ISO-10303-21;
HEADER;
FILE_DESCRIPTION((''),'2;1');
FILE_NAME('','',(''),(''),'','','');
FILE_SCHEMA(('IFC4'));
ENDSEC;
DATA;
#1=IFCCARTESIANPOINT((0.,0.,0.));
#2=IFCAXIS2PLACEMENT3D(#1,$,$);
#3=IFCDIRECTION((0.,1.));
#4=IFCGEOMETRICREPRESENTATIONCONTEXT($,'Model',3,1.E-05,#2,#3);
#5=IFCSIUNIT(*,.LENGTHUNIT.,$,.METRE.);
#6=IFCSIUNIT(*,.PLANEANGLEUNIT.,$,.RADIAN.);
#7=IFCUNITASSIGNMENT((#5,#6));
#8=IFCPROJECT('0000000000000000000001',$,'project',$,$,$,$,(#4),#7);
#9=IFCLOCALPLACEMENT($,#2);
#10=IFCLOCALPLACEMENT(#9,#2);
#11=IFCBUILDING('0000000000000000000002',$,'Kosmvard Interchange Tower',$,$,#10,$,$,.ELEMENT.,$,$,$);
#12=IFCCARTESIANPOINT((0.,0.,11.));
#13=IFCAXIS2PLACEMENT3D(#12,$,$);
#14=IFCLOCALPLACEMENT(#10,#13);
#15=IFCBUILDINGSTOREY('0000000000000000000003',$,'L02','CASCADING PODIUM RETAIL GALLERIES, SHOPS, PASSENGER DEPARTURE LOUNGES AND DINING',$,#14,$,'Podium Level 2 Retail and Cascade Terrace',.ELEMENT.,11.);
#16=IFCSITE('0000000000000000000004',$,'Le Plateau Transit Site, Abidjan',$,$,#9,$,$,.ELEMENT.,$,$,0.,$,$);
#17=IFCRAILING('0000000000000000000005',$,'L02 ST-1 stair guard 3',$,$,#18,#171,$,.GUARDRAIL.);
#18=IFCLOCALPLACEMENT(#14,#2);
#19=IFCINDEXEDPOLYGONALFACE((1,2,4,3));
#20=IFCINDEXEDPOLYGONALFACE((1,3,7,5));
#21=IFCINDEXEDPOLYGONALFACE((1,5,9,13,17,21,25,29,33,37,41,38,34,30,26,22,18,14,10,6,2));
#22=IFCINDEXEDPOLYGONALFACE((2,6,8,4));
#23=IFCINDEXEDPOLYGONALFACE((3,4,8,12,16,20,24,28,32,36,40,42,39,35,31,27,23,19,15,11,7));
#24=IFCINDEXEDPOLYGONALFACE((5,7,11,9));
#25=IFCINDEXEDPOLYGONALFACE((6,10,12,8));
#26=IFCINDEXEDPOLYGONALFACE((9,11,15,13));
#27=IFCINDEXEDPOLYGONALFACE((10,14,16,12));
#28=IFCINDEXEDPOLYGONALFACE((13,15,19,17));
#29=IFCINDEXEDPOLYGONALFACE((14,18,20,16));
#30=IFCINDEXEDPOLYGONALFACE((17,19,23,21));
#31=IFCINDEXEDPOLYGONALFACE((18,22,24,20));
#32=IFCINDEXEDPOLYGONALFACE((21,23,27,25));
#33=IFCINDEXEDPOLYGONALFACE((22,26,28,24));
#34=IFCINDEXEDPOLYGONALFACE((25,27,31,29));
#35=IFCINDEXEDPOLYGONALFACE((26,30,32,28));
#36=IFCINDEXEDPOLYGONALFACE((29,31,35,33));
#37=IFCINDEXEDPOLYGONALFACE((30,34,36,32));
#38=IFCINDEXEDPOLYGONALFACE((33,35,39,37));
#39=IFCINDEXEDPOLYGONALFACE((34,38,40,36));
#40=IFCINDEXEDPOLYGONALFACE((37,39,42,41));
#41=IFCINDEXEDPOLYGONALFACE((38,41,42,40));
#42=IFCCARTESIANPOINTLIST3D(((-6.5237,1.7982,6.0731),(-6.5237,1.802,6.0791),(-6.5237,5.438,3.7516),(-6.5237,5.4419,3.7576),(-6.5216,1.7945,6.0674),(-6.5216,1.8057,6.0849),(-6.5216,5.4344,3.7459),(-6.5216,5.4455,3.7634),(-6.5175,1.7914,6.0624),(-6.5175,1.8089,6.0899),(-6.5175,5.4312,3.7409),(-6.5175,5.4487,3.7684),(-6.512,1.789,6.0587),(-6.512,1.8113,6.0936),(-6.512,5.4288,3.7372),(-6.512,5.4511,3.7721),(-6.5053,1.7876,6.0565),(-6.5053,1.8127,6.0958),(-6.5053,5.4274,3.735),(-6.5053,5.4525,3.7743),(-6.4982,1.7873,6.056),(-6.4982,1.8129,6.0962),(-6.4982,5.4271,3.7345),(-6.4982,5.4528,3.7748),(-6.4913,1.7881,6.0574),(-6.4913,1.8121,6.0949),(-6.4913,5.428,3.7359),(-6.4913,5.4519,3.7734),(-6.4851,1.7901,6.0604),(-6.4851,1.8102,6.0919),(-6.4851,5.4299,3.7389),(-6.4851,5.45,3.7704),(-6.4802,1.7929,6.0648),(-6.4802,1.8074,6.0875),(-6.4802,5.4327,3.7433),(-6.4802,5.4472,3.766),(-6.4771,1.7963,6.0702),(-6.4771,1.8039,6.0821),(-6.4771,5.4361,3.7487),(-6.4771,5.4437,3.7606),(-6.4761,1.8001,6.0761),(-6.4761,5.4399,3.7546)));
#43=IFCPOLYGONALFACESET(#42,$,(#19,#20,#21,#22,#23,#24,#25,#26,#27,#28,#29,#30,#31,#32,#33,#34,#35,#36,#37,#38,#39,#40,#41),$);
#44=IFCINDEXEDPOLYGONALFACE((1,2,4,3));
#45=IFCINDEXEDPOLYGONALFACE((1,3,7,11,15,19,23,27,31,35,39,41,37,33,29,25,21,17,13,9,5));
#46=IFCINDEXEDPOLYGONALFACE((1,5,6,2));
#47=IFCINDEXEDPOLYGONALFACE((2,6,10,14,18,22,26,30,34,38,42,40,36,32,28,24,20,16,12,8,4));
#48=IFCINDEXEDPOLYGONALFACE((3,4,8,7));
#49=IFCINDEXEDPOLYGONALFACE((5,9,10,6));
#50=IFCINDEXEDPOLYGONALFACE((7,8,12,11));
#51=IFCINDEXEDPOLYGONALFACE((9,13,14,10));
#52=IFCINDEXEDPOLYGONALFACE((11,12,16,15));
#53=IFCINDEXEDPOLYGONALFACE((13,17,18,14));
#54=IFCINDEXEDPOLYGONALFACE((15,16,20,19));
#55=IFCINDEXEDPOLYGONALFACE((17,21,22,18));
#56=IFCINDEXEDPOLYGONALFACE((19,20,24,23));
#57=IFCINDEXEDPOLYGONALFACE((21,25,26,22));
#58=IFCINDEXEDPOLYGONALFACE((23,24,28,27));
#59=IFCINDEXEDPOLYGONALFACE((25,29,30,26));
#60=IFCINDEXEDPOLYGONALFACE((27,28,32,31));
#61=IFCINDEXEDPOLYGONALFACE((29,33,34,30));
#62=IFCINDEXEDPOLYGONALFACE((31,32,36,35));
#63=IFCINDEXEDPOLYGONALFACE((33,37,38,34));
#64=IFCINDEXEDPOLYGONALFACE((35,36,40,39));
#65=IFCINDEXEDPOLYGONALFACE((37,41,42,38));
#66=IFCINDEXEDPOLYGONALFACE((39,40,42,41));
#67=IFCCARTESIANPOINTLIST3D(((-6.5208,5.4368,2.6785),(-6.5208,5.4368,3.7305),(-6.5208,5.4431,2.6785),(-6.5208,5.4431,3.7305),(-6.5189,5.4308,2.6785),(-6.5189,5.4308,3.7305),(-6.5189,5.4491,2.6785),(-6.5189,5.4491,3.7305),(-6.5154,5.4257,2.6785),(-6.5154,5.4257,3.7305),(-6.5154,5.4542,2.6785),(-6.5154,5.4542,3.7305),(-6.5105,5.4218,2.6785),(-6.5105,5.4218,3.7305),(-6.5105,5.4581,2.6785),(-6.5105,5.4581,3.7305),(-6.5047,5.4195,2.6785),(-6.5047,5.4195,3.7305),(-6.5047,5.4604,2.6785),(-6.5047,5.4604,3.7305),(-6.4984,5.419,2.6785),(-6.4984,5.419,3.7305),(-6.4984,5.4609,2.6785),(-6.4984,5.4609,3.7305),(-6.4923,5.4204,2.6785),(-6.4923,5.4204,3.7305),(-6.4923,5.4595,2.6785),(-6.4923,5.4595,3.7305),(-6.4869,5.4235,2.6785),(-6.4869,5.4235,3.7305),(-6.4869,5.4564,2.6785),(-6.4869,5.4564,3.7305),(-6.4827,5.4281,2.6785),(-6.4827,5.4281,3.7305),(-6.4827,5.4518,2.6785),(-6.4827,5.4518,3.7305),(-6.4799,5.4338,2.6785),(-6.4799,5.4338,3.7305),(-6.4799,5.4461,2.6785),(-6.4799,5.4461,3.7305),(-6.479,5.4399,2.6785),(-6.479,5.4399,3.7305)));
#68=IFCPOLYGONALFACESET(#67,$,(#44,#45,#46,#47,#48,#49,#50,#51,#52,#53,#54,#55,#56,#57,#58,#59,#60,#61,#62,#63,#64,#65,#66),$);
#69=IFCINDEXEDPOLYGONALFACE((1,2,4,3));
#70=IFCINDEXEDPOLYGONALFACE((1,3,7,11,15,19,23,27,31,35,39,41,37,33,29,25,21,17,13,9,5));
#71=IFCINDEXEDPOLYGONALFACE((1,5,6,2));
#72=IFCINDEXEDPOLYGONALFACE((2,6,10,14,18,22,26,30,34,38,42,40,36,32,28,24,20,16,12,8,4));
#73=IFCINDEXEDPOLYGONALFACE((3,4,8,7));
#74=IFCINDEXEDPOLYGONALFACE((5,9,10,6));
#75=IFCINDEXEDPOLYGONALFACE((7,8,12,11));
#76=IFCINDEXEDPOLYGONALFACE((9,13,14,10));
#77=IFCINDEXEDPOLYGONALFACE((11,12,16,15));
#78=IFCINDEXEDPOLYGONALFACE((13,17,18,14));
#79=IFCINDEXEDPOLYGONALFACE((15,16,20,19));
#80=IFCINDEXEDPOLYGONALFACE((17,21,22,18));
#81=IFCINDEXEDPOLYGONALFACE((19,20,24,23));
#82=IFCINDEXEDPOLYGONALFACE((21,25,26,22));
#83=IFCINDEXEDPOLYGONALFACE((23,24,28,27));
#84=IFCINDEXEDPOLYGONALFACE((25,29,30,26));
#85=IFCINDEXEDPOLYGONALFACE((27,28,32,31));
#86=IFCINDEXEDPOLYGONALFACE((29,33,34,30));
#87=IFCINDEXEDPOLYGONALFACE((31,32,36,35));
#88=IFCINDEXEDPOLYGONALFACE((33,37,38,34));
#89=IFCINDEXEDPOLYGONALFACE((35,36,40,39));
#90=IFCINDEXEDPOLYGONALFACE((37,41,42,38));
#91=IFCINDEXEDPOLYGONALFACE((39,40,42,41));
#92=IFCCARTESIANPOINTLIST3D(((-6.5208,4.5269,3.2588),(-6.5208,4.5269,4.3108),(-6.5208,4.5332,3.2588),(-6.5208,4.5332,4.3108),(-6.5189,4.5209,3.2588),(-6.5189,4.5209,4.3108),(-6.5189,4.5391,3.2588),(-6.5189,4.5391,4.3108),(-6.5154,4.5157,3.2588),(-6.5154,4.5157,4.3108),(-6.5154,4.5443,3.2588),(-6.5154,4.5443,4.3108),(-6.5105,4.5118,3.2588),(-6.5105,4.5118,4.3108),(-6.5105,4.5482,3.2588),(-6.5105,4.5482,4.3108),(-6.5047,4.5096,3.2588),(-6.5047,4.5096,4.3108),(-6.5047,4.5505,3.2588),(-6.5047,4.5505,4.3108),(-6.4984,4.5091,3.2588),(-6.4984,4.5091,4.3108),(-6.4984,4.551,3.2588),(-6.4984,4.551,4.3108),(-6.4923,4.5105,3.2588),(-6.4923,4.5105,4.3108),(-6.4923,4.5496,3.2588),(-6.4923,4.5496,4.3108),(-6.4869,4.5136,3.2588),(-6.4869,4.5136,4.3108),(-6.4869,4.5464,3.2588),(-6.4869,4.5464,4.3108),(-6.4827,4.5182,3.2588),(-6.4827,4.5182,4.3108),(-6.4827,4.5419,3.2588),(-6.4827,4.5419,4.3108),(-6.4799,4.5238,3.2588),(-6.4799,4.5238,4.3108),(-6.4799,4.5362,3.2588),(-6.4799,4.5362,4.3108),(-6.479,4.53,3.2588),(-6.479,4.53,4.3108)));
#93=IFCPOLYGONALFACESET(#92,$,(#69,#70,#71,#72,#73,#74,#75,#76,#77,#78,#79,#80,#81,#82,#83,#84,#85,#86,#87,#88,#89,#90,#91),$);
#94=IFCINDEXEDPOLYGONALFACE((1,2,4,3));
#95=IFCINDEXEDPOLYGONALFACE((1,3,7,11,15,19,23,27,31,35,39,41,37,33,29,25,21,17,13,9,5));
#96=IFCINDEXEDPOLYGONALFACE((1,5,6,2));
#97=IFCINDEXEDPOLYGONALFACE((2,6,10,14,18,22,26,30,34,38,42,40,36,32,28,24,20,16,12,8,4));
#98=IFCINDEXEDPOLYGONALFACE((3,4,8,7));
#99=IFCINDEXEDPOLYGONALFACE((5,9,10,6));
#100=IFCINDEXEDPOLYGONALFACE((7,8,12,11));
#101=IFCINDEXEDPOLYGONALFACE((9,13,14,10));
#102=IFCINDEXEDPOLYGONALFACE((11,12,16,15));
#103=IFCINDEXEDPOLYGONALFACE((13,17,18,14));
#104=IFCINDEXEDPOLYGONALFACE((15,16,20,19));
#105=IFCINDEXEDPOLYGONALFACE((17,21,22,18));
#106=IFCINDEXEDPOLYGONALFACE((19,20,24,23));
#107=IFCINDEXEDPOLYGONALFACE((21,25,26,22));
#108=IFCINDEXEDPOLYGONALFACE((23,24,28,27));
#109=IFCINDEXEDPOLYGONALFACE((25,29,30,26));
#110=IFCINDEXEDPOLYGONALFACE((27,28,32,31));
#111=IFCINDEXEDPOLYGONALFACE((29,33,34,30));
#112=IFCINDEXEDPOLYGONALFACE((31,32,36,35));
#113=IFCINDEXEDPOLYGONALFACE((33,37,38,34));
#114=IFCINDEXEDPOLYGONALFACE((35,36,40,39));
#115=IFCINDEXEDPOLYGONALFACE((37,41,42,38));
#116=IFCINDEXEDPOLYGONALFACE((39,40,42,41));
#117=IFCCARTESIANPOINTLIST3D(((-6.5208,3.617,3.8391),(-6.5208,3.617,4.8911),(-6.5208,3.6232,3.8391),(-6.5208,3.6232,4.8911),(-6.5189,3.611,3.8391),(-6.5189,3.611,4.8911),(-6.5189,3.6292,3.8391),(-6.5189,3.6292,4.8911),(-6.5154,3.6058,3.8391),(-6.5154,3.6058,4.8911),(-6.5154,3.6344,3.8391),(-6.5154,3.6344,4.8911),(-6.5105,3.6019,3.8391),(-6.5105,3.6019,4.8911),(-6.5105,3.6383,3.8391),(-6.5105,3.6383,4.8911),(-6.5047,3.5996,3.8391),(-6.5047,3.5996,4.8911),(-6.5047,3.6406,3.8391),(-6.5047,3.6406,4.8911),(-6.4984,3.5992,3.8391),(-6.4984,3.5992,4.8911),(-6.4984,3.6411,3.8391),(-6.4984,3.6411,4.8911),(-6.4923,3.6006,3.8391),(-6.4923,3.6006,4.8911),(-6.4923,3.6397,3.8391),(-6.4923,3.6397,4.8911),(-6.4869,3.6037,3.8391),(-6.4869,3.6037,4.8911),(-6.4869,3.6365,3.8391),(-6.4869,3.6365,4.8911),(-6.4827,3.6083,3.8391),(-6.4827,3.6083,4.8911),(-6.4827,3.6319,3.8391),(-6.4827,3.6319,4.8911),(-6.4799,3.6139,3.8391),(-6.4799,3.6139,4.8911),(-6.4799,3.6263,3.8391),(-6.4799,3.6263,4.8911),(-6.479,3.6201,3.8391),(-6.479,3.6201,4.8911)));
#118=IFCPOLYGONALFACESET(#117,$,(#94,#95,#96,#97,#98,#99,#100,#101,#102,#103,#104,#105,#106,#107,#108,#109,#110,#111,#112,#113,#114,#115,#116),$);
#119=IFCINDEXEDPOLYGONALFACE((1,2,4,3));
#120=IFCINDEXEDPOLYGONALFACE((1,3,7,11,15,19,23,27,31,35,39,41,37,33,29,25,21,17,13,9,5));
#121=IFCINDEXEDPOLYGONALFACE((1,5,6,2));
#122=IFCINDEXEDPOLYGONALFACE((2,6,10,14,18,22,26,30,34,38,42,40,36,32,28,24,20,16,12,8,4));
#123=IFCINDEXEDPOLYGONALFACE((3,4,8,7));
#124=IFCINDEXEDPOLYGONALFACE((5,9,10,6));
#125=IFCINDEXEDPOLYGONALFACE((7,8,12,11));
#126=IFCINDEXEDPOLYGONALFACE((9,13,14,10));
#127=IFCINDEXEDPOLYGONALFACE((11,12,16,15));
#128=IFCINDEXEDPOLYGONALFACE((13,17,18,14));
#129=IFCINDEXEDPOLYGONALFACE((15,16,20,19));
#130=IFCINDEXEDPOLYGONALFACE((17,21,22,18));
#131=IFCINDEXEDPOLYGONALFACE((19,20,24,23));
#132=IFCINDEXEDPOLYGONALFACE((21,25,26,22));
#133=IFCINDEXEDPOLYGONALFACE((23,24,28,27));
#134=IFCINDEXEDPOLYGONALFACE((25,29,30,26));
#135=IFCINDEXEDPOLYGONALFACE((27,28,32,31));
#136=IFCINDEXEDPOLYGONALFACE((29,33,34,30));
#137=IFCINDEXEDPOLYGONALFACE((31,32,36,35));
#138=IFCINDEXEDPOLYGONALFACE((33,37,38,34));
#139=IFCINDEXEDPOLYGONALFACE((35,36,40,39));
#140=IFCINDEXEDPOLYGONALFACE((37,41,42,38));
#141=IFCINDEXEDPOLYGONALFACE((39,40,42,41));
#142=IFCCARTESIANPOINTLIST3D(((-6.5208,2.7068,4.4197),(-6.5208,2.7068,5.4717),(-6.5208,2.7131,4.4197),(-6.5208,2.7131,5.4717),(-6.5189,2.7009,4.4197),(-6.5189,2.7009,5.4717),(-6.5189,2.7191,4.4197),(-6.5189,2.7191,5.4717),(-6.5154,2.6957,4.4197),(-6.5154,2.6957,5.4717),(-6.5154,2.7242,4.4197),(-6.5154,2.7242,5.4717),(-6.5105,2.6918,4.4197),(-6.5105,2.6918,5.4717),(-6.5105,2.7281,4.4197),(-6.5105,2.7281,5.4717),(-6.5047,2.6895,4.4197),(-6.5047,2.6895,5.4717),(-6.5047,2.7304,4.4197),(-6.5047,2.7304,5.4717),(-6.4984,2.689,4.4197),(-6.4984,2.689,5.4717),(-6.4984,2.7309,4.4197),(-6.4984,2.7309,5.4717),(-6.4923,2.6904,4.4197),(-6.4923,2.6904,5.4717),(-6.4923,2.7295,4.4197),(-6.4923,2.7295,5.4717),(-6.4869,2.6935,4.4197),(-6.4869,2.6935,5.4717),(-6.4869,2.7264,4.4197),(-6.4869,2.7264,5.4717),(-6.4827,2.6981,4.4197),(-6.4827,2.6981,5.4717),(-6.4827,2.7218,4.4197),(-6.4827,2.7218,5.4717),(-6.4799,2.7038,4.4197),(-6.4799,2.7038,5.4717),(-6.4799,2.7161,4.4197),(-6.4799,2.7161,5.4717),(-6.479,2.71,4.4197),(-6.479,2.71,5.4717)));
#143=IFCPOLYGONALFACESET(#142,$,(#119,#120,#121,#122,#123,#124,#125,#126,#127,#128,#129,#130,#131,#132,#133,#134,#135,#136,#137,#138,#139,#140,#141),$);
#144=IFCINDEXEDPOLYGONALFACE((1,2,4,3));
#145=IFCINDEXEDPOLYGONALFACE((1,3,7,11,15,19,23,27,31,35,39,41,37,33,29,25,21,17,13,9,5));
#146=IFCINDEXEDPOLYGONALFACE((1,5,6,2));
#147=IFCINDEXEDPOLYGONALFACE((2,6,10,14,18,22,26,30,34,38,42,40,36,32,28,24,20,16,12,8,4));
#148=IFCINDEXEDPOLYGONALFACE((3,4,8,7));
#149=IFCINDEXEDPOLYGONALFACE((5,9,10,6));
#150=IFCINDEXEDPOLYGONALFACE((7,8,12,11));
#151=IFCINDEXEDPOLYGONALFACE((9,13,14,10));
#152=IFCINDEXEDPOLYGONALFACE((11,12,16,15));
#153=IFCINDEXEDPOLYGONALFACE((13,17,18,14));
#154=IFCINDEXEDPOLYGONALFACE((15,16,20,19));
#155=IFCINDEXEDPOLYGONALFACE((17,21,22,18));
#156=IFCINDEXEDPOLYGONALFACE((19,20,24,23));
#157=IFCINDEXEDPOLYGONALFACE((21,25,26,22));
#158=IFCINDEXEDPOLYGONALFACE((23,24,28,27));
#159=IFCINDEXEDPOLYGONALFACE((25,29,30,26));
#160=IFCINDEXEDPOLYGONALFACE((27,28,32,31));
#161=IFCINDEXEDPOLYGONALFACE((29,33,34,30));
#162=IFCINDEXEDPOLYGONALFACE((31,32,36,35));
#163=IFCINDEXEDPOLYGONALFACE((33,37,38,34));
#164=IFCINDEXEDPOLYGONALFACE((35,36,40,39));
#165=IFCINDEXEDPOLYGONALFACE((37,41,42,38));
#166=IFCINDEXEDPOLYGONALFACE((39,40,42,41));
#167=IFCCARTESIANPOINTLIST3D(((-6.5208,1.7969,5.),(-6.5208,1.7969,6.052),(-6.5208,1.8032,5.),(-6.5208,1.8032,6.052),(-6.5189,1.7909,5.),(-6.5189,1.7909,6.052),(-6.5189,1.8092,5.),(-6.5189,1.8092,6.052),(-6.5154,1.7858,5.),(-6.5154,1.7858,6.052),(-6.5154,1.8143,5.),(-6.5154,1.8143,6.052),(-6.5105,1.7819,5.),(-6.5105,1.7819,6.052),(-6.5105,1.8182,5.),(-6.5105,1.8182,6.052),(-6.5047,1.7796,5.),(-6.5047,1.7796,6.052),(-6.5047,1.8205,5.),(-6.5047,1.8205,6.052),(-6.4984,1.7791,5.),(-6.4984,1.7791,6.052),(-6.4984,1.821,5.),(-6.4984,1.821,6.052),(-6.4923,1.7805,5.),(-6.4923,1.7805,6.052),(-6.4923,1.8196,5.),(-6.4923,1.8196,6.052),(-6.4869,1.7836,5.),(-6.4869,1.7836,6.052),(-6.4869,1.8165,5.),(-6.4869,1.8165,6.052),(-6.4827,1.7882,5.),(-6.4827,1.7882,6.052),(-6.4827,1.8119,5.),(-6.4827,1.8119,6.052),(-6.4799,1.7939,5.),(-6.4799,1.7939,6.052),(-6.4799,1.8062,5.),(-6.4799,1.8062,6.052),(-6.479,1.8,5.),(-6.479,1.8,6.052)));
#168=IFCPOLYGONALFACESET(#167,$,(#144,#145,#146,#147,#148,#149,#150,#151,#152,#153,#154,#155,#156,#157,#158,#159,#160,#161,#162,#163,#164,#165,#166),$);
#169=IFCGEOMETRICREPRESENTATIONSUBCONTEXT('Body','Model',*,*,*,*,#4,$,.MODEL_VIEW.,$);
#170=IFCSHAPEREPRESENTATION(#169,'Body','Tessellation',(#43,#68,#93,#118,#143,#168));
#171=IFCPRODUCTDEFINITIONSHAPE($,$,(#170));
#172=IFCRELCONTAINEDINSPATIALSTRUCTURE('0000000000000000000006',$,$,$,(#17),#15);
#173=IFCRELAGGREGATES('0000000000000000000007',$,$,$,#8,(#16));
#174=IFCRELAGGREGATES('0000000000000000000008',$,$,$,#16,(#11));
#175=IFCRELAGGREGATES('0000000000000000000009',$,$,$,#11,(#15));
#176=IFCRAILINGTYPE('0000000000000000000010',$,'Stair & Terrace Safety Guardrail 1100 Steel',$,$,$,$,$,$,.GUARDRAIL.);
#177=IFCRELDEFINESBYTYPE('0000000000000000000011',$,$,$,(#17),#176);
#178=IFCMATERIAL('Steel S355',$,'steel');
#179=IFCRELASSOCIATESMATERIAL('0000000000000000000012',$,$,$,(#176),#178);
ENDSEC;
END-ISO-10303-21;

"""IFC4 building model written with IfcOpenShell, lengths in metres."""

from ifc_helpers import new_model, si_unit, direction, frame, origin, origin_2d, place, context, subcontext, project, spatial, circle, extrude, source, transform, mapped, material, type_object, element, save


model = new_model("IFC4")

# Units and contexts
model_context = context("Model", 3, precision=1e-05, world=origin(), true_north=direction((0.0, 1.0)))
body_context = subcontext(model_context, "Body", "Model", "MODEL_VIEW")
ifc_project = project(units=[si_unit("LENGTHUNIT", "METRE"), si_unit("PLANEANGLEUNIT", "RADIAN")], contexts=[model_context])

# Site, building, storey
site_placement = place(None, origin())
site = spatial("IfcSite", under=ifc_project, at=site_placement, Name="Le Plateau Transit Site, Abidjan", CompositionType="ELEMENT", RefElevation=0.0)
building_placement = place(site_placement, origin())
building = spatial("IfcBuilding", under=site, at=building_placement, Name="Kosmvard Interchange Tower", CompositionType="ELEMENT")
storey_placement = place(building_placement, frame((0.0, 0.0, 11.0)))
storey = spatial("IfcBuildingStorey", under=building, at=storey_placement, Name="L02", Description="CASCADING PODIUM RETAIL GALLERIES, SHOPS, PASSENGER DEPARTURE LOUNGES AND DINING", LongName="Podium Level 2 Retail and Cascade Terrace", CompositionType="ELEMENT", Elevation=11.0)

# Shared definitions
ifc_material_1 = material(Name="Steel S355", Category="steel")

# Railing
railing_type_1 = type_object("IfcRailingType", Name="Stair & Terrace Safety Guardrail 1100 Steel", PredefinedType="GUARDRAIL", material=ifc_material_1)
shared_shape_1 = source(origin(), body_context, "Body", "SweptSolid", [
    extrude(circle(Radius=0.0239, at=origin_2d()), frame((0.0, 0.0, 1.0762), z_axis=(0.0, -0.843112, 0.537739), x_axis=(1.0, 0.0, 0.0)), (0.0, 0.0, 1.0), 4.3171),
    extrude(circle(Radius=0.021, at=origin_2d()), origin(), (0.0, 0.0, 1.0), 1.052),
    extrude(circle(Radius=0.021, at=origin_2d()), frame((0.0, -0.9099, 0.5803)), (0.0, 0.0, 1.0), 1.052),
    extrude(circle(Radius=0.021, at=origin_2d()), frame((0.0, -1.8198, 1.1606)), (0.0, 0.0, 1.0), 1.052),
    extrude(circle(Radius=0.021, at=origin_2d()), frame((0.0, -2.73, 1.7412)), (0.0, 0.0, 1.0), 1.052),
    extrude(circle(Radius=0.021, at=origin_2d()), frame((0.0, -3.6399, 2.3215)), (0.0, 0.0, 1.0), 1.052),
])
railing_1_placement = place(storey_placement, frame((-6.5, 5.4399, 2.6785)))
element("IfcRailing", 1, at=railing_1_placement, inside=storey, type_object=railing_type_1, Name="L02 ST-1 stair guard 3", PredefinedType="GUARDRAIL", context=body_context, shape_type="MappedRepresentation", body=[
    mapped(shared_shape_1, transform((0.0, 0.0, 0.0), scale=1.0)),
])

save(model, "model.ifc")
